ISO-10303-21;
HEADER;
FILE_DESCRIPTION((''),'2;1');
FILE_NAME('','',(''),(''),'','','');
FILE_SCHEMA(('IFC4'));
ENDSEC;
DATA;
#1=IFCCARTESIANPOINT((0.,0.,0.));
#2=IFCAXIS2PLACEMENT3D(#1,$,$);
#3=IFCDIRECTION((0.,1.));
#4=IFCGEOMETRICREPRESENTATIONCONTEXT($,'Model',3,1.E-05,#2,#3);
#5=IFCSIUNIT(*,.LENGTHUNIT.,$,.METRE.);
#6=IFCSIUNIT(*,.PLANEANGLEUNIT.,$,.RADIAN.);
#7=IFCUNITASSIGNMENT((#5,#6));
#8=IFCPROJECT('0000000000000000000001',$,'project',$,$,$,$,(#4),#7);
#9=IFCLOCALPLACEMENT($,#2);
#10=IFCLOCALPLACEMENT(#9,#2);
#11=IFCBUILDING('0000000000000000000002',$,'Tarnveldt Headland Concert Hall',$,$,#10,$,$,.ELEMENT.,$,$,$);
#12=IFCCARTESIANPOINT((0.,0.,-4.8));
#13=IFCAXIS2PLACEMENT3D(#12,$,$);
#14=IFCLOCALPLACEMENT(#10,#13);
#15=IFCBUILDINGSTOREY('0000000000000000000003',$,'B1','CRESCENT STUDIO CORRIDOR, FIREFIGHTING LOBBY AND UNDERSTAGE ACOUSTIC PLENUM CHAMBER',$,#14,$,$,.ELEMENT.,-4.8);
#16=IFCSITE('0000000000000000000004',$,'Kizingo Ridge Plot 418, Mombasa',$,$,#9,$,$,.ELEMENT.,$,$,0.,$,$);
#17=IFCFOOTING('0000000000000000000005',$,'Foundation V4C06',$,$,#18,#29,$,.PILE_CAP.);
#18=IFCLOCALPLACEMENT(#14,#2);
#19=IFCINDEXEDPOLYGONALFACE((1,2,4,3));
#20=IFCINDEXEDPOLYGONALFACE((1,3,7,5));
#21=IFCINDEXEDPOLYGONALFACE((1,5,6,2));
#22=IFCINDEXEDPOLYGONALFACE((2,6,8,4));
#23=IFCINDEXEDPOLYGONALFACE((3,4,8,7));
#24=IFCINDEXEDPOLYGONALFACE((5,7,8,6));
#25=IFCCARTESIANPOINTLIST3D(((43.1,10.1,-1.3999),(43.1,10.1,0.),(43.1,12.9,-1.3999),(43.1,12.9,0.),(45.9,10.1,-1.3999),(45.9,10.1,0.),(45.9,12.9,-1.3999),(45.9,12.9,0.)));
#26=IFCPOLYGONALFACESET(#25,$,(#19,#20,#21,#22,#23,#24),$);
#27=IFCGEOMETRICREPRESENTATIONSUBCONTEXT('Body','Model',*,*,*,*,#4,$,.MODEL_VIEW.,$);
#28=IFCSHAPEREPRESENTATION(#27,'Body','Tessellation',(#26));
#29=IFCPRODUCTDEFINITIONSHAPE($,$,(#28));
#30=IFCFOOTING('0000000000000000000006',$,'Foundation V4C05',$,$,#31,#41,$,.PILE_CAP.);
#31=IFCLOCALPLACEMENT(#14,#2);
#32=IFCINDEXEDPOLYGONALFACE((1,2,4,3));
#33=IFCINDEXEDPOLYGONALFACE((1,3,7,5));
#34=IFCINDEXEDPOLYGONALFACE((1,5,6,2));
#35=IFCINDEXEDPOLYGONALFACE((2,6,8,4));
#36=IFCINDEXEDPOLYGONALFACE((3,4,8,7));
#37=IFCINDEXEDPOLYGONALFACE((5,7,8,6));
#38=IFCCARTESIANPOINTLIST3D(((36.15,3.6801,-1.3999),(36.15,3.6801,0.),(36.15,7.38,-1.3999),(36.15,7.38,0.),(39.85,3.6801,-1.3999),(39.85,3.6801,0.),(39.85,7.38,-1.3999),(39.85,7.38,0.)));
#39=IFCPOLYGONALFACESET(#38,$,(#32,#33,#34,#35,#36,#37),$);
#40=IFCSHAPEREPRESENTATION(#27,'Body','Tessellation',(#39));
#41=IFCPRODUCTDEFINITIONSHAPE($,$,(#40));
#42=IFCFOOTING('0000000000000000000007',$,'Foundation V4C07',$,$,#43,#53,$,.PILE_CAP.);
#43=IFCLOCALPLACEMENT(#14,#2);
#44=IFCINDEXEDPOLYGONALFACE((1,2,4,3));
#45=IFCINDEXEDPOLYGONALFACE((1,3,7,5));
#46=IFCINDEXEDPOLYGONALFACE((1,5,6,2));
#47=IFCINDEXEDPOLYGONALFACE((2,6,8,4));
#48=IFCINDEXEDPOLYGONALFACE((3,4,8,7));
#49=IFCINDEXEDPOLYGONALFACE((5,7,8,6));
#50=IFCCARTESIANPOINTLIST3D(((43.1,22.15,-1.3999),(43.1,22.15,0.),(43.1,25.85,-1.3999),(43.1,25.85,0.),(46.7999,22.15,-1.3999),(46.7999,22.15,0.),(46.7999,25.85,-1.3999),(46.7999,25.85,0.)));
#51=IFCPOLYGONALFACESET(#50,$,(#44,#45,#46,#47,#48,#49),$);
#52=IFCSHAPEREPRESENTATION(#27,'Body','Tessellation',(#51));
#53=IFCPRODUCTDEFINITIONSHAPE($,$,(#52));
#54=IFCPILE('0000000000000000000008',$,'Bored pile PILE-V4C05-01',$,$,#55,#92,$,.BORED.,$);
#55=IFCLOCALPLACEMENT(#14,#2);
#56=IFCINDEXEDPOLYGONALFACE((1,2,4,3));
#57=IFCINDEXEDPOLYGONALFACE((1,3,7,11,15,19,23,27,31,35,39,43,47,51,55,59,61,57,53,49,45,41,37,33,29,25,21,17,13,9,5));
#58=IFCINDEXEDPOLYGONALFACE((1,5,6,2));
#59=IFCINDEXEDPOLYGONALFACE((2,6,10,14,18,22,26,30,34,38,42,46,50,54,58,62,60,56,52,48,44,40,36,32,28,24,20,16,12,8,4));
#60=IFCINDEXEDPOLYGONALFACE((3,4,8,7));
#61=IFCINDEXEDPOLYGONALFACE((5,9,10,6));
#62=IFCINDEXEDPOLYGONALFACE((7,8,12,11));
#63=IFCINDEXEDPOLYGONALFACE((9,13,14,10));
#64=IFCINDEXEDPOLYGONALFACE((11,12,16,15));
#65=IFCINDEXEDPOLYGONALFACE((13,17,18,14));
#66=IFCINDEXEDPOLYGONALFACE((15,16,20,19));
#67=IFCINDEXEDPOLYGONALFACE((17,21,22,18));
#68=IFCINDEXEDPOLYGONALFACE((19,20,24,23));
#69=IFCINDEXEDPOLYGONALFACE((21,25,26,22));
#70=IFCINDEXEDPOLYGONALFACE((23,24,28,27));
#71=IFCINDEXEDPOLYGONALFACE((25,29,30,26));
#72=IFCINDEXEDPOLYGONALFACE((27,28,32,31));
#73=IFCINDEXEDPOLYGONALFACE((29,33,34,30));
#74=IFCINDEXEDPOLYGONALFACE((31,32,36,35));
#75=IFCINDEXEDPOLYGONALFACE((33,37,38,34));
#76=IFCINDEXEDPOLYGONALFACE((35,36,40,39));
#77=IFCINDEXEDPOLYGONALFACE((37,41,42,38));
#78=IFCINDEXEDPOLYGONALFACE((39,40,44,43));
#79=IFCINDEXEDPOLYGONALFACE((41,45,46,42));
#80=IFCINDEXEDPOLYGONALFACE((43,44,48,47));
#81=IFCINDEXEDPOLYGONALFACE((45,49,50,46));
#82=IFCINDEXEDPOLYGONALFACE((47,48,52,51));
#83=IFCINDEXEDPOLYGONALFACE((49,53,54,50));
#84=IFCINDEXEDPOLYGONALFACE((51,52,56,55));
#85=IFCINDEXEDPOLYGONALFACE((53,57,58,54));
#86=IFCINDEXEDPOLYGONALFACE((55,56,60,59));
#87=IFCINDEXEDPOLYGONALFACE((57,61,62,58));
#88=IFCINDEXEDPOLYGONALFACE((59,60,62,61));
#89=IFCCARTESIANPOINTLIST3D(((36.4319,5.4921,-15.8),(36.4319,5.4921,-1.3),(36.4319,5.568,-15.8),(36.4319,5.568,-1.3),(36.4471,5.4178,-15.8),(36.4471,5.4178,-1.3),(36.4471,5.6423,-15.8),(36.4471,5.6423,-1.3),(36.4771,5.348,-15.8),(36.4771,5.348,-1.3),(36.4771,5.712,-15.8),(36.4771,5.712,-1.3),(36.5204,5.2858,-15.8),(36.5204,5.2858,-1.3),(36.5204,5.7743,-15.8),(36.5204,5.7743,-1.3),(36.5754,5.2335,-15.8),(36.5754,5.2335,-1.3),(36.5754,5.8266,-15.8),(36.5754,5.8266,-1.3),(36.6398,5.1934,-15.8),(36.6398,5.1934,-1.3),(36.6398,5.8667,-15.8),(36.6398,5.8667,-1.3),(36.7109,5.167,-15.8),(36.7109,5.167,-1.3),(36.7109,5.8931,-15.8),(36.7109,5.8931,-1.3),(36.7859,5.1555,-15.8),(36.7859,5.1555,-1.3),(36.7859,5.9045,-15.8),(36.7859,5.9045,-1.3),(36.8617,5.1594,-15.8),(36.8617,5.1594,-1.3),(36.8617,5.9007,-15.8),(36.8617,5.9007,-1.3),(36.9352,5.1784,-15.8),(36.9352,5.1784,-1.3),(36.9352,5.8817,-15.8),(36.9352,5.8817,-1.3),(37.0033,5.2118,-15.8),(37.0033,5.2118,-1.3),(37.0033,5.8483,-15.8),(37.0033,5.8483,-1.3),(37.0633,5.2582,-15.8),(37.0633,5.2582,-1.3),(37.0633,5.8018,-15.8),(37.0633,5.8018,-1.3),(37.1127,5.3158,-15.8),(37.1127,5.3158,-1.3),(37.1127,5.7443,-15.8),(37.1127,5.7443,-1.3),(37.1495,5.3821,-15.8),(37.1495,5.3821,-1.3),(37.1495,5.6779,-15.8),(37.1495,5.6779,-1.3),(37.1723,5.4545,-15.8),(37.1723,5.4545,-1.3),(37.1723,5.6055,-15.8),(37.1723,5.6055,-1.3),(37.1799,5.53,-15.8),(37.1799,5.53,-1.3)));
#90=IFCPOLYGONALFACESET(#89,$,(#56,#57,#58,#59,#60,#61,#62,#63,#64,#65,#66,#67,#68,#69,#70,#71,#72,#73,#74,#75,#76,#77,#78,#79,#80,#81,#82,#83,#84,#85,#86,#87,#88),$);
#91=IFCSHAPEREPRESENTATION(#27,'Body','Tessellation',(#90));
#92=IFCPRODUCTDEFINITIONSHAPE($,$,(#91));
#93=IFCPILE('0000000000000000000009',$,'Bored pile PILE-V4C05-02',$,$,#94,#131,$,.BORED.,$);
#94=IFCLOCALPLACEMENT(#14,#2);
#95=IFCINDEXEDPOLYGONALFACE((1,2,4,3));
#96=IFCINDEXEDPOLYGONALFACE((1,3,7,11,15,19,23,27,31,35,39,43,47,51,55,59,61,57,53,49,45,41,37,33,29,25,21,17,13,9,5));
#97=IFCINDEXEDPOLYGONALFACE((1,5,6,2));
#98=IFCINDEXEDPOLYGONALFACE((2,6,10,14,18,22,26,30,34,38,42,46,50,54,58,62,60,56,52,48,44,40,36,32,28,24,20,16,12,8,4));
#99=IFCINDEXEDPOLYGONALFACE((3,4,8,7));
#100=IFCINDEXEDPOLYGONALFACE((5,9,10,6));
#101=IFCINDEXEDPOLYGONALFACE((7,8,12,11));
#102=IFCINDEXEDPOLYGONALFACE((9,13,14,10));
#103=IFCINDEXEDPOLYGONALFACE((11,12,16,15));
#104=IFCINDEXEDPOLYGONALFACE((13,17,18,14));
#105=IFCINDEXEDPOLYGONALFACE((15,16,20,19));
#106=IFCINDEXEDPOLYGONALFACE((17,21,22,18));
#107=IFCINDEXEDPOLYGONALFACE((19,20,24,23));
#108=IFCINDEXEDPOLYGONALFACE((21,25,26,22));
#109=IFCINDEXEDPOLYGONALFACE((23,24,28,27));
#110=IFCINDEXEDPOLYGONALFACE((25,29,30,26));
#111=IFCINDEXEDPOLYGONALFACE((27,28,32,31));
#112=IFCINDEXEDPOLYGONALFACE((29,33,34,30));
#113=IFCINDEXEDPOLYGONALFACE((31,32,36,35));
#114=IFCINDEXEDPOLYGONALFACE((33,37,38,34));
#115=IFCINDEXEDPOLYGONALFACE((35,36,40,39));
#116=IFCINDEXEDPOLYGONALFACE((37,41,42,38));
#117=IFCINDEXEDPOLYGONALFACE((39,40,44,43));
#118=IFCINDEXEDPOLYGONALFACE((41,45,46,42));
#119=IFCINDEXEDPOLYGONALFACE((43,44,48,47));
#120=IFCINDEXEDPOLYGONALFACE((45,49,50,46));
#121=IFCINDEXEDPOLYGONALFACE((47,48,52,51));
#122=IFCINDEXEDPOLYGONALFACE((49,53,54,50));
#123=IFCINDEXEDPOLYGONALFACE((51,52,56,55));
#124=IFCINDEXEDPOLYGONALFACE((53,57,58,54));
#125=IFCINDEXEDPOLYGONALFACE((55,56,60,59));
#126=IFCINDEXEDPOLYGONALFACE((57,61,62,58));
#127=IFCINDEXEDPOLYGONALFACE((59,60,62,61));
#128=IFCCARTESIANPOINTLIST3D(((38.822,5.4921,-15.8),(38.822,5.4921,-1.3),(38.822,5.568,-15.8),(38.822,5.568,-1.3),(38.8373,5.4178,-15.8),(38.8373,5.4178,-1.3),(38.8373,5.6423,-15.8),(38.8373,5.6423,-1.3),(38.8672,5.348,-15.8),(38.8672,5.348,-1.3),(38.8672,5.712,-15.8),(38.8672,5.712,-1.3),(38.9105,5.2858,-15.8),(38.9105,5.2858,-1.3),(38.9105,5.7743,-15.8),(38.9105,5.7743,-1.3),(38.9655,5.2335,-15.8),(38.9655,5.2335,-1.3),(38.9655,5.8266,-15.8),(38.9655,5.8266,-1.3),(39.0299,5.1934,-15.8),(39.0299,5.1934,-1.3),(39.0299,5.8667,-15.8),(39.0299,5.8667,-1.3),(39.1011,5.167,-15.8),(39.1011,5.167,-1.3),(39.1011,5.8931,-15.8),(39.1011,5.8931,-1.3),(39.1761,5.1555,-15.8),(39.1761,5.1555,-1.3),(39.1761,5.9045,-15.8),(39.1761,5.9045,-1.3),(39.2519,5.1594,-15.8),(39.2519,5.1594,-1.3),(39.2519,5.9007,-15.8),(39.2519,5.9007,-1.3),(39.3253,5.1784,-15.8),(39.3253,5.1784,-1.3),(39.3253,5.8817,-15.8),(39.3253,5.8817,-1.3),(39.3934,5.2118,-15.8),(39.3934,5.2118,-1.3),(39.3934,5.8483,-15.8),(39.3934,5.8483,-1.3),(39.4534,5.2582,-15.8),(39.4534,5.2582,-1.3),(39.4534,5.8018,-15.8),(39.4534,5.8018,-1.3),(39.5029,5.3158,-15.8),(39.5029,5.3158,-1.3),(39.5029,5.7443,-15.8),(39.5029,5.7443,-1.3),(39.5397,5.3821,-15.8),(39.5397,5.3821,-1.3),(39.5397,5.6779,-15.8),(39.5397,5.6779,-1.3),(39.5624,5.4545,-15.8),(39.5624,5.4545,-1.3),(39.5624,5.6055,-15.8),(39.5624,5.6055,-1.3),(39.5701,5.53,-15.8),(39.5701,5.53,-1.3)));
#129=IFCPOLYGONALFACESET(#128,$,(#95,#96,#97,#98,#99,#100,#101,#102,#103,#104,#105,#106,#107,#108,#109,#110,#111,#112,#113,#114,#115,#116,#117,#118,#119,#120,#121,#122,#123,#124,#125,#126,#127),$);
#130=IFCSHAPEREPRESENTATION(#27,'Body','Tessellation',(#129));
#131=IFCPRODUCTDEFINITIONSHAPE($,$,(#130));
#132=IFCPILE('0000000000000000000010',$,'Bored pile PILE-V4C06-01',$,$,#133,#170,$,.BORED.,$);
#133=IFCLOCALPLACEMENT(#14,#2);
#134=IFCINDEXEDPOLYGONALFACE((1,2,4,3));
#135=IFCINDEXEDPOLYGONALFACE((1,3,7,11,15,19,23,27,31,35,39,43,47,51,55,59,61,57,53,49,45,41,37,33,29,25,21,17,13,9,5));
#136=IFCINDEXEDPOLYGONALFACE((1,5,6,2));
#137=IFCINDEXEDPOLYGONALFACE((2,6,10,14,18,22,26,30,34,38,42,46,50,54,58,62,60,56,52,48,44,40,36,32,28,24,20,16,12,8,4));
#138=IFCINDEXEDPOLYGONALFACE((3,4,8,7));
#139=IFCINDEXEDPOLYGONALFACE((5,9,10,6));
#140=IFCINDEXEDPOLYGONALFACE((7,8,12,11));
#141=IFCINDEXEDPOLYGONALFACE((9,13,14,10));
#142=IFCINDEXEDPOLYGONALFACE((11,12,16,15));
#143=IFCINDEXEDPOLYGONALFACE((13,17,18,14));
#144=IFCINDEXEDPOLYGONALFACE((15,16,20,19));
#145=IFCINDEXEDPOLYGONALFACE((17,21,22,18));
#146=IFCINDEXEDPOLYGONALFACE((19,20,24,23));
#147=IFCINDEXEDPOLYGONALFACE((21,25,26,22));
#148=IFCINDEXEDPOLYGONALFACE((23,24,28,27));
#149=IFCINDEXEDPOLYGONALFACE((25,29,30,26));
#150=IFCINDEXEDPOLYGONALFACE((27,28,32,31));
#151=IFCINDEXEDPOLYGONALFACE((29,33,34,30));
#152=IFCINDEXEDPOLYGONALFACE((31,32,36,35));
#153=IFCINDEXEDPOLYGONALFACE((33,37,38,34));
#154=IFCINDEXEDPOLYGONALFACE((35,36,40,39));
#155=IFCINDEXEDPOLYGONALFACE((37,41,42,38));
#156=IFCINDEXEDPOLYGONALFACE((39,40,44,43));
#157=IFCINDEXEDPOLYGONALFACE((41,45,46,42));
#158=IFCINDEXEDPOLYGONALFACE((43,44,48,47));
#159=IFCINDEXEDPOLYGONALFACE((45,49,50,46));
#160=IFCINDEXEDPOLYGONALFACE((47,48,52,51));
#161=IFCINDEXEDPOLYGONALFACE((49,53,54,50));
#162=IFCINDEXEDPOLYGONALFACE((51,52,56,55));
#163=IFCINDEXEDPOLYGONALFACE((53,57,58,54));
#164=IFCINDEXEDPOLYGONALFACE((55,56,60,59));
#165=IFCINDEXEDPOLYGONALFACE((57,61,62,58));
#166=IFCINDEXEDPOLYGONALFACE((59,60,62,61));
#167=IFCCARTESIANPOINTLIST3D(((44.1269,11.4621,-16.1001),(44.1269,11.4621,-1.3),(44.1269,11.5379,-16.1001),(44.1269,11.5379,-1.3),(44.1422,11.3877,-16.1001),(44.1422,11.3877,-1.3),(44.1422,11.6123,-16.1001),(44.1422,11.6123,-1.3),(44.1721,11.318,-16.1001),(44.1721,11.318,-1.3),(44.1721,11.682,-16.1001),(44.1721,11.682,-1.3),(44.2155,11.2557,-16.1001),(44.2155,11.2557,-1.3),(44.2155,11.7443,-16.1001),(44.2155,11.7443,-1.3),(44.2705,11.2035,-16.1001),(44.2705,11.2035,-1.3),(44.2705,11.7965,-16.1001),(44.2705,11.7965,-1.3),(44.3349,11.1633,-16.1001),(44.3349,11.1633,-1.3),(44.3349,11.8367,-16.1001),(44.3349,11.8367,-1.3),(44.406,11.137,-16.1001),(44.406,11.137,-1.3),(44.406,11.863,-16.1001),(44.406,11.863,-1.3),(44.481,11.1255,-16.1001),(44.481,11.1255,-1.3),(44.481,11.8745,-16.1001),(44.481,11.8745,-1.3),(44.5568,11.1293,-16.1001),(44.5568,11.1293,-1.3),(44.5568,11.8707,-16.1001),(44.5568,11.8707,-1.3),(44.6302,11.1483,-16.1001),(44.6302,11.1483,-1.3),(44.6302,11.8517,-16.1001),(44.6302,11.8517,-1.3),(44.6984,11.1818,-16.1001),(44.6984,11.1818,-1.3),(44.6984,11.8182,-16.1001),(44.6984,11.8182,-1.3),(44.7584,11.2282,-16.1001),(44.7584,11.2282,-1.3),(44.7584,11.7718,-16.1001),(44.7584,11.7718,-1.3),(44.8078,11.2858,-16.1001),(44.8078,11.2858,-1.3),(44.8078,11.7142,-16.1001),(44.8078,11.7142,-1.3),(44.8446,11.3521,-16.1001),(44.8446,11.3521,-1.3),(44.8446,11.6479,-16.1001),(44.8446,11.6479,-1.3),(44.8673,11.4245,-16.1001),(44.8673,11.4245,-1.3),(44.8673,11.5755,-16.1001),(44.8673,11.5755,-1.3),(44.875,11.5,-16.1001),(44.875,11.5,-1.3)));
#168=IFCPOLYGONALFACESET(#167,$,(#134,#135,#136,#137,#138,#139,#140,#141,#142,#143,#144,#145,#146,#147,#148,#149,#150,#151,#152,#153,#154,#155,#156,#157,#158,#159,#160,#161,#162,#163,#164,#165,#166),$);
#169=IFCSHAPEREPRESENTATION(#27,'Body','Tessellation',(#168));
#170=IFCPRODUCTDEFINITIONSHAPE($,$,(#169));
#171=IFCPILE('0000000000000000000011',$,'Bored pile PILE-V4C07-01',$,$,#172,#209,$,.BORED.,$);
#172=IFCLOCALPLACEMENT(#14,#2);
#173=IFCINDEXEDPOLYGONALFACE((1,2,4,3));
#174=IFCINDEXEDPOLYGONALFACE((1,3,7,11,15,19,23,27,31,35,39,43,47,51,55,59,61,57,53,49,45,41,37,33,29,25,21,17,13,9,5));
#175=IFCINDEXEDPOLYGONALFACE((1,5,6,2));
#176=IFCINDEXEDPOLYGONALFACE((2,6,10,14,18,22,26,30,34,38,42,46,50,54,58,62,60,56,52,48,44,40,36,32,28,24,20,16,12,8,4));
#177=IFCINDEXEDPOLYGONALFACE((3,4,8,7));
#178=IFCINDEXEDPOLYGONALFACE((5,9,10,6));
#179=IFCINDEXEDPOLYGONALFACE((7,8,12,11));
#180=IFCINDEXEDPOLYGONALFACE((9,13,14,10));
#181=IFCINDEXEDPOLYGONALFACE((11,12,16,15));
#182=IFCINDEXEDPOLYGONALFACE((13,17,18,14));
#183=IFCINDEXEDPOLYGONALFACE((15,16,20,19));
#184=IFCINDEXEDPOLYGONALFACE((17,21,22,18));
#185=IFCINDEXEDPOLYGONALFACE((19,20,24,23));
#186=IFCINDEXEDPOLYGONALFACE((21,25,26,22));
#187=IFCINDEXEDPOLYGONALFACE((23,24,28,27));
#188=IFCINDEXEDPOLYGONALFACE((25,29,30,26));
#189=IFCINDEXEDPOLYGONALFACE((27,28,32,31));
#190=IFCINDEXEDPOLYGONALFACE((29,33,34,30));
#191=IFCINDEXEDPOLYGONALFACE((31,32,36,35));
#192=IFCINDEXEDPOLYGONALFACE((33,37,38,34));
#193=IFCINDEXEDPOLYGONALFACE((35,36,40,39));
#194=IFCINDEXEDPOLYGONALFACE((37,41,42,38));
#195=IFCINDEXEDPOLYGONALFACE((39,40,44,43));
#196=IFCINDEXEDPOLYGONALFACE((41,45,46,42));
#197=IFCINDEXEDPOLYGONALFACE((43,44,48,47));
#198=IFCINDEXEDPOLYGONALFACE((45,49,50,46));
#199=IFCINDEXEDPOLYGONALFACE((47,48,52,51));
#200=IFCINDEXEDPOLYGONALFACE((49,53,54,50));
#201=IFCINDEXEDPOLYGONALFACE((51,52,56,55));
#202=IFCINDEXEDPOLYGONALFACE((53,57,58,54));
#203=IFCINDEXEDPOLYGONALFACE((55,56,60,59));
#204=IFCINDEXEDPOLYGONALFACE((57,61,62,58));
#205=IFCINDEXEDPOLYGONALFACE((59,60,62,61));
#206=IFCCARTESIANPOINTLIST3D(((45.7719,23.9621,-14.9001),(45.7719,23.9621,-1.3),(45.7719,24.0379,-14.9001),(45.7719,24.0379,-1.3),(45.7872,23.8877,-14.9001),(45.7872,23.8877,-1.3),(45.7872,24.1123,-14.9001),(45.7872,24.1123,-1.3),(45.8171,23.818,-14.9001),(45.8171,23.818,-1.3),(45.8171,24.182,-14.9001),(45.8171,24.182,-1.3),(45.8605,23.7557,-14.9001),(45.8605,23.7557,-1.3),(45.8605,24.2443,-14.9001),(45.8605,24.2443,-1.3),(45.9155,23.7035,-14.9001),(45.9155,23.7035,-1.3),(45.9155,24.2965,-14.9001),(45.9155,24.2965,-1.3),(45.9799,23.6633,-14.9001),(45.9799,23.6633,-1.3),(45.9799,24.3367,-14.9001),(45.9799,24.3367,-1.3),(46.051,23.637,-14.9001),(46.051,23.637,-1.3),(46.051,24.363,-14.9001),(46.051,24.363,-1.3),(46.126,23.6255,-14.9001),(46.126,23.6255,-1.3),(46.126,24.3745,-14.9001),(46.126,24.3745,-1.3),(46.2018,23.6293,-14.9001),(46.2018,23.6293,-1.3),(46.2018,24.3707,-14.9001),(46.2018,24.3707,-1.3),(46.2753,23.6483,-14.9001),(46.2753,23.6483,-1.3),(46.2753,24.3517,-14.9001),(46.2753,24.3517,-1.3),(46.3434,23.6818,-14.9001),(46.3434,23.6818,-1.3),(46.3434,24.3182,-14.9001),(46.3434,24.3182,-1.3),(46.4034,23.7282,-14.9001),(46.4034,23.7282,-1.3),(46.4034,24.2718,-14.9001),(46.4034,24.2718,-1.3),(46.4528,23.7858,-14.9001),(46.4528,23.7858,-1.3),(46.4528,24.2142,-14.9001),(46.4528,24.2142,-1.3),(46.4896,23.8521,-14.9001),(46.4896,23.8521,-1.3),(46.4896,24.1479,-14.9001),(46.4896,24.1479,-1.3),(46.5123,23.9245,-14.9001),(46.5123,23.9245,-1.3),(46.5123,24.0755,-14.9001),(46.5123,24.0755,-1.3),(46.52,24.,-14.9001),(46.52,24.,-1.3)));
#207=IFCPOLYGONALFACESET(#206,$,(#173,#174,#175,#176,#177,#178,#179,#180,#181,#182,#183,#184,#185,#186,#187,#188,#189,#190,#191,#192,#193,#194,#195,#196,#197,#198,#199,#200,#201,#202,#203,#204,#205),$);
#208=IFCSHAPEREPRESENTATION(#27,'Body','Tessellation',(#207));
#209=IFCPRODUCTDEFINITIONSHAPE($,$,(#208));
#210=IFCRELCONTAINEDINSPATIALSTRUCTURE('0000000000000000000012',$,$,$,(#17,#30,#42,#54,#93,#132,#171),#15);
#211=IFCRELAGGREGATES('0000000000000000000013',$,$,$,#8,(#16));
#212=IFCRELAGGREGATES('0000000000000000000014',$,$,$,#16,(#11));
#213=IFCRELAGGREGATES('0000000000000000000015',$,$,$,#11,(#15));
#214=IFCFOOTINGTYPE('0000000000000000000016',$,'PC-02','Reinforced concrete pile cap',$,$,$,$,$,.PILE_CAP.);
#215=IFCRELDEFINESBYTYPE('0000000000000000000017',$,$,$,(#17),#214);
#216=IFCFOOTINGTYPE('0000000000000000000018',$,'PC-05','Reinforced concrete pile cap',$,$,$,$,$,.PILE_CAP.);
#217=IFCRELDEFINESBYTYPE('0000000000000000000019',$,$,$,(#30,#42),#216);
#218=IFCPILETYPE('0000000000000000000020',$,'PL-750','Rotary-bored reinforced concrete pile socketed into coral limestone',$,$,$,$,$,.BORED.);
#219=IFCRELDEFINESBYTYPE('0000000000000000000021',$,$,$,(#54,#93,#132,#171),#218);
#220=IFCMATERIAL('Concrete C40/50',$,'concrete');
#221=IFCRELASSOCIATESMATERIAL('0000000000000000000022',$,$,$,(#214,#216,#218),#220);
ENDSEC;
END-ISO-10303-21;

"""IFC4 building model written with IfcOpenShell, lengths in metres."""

from ifc_helpers import new_model, si_unit, direction, frame, origin, origin_2d, place, context, subcontext, project, spatial, rectangle, circle, extrude, material, material_profile, profile_set, type_object, element, save


model = new_model("IFC4")

# Units and contexts
model_context = context("Model", 3, precision=1e-05, world=origin(), true_north=direction((0.0, 1.0)))
body_context = subcontext(model_context, "Body", "Model", "MODEL_VIEW")
ifc_project = project(units=[si_unit("LENGTHUNIT", "METRE"), si_unit("PLANEANGLEUNIT", "RADIAN")], contexts=[model_context])

# Site, building, storey
site_placement = place(None, origin())
site = spatial("IfcSite", under=ifc_project, at=site_placement, Name="Kizingo Ridge Plot 418, Mombasa", CompositionType="ELEMENT", RefElevation=0.0)
building_placement = place(site_placement, origin())
building = spatial("IfcBuilding", under=site, at=building_placement, Name="Tarnveldt Headland Concert Hall", CompositionType="ELEMENT")
storey_placement = place(building_placement, frame((0.0, 0.0, -4.8)))
storey = spatial("IfcBuildingStorey", under=building, at=storey_placement, Name="B1", Description="CRESCENT STUDIO CORRIDOR, FIREFIGHTING LOBBY AND UNDERSTAGE ACOUSTIC PLENUM CHAMBER", CompositionType="ELEMENT", Elevation=-4.8)

# Footings
ifc_material_1 = material(Name="Concrete C40/50", Category="concrete")
footing_type_1 = type_object("IfcFootingType", Name="PC-02", Description="Reinforced concrete pile cap", PredefinedType="PILE_CAP", material=ifc_material_1)
footing_placement = place(storey_placement, frame((44.5, 11.5, -1.3999), z_axis=(0.0, 0.0, 1.0), x_axis=(1.0, 0.0, 0.0)))
element("IfcFooting", 1, at=footing_placement, inside=storey, type_object=footing_type_1, Name="Foundation V4C06", PredefinedType="PILE_CAP", context=body_context, shape_type="SweptSolid", body=[
    extrude(rectangle(XDim=2.8, YDim=2.8, at=origin_2d()), origin(), (0.0, 0.0, 1.0), 1.3999),
])
footing_type_2 = type_object("IfcFootingType", Name="PC-05", Description="Reinforced concrete pile cap", PredefinedType="PILE_CAP", material=ifc_material_1)
for number, where, z_axis, x_axis, name in (
    (2, (38.0, 5.53, -1.3999), (0.0, 0.0, 1.0), (1.0, 0.0, 0.0), "Foundation V4C05"),
    (3, (44.95, 24.0, -1.3999), (0.0, 0.0, 1.0), (1.0, 0.0, 0.0), "Foundation V4C07"),
):
    element("IfcFooting", number, at=place(storey_placement, frame(where, z_axis=z_axis, x_axis=x_axis)), inside=storey, type_object=footing_type_2, Name=name, PredefinedType="PILE_CAP", context=body_context, shape_type="SweptSolid", body=[
        extrude(rectangle(XDim=3.7, YDim=3.7, at=origin_2d()), origin(), (0.0, 0.0, 1.0), 1.3999),
    ])

# Piles
ifc_material_profile_1 = material_profile(ifc_material_1, circle(Radius=0.375, at=origin_2d()), Name="BORED PILE D750", Category="concrete")
ifc_profile_set_1 = profile_set([ifc_material_profile_1], Name="Concrete C40/50")
pile_type = type_object("IfcPileType", Name="PL-750", Description="Rotary-bored reinforced concrete pile socketed into coral limestone", PredefinedType="BORED", material=ifc_profile_set_1)
for number, where, z_axis, x_axis, name in (
    (4, (36.8049, 5.53, -1.3), (0.0, 0.0, -1.0), (1.0, 0.0, 0.0), "Bored pile PILE-V4C05-01"),
    (5, (39.1951, 5.53, -1.3), (0.0, 0.0, -1.0), (1.0, 0.0, 0.0), "Bored pile PILE-V4C05-02"),
):
    element("IfcPile", number, at=place(storey_placement, frame(where, z_axis=z_axis, x_axis=x_axis)), inside=storey, type_object=pile_type, Name=name, PredefinedType="BORED", context=body_context, shape_type="SweptSolid", body=[
        extrude(circle(Radius=0.375, at=origin_2d()), origin(), (0.0, 0.0, 1.0), 14.5),
    ])
pile_placement = place(storey_placement, frame((44.5, 11.5, -1.3), z_axis=(0.0, 0.0, -1.0), x_axis=(1.0, 0.0, 0.0)))
element("IfcPile", 6, at=pile_placement, inside=storey, type_object=pile_type, Name="Bored pile PILE-V4C06-01", PredefinedType="BORED", context=body_context, shape_type="SweptSolid", body=[
    extrude(circle(Radius=0.375, at=origin_2d()), origin(), (0.0, 0.0, 1.0), 14.8),
])
for number, where, z_axis, x_axis, name in (
    (7, (46.145, 24.0, -1.3), (0.0, 0.0, -1.0), (1.0, 0.0, 0.0), "Bored pile PILE-V4C07-01"),
):
    element("IfcPile", number, at=place(storey_placement, frame(where, z_axis=z_axis, x_axis=x_axis)), inside=storey, type_object=pile_type, Name=name, PredefinedType="BORED", context=body_context, shape_type="SweptSolid", body=[
        extrude(circle(Radius=0.375, at=origin_2d()), origin(), (0.0, 0.0, 1.0), 13.6001),
    ])

save(model, "model.ifc")
